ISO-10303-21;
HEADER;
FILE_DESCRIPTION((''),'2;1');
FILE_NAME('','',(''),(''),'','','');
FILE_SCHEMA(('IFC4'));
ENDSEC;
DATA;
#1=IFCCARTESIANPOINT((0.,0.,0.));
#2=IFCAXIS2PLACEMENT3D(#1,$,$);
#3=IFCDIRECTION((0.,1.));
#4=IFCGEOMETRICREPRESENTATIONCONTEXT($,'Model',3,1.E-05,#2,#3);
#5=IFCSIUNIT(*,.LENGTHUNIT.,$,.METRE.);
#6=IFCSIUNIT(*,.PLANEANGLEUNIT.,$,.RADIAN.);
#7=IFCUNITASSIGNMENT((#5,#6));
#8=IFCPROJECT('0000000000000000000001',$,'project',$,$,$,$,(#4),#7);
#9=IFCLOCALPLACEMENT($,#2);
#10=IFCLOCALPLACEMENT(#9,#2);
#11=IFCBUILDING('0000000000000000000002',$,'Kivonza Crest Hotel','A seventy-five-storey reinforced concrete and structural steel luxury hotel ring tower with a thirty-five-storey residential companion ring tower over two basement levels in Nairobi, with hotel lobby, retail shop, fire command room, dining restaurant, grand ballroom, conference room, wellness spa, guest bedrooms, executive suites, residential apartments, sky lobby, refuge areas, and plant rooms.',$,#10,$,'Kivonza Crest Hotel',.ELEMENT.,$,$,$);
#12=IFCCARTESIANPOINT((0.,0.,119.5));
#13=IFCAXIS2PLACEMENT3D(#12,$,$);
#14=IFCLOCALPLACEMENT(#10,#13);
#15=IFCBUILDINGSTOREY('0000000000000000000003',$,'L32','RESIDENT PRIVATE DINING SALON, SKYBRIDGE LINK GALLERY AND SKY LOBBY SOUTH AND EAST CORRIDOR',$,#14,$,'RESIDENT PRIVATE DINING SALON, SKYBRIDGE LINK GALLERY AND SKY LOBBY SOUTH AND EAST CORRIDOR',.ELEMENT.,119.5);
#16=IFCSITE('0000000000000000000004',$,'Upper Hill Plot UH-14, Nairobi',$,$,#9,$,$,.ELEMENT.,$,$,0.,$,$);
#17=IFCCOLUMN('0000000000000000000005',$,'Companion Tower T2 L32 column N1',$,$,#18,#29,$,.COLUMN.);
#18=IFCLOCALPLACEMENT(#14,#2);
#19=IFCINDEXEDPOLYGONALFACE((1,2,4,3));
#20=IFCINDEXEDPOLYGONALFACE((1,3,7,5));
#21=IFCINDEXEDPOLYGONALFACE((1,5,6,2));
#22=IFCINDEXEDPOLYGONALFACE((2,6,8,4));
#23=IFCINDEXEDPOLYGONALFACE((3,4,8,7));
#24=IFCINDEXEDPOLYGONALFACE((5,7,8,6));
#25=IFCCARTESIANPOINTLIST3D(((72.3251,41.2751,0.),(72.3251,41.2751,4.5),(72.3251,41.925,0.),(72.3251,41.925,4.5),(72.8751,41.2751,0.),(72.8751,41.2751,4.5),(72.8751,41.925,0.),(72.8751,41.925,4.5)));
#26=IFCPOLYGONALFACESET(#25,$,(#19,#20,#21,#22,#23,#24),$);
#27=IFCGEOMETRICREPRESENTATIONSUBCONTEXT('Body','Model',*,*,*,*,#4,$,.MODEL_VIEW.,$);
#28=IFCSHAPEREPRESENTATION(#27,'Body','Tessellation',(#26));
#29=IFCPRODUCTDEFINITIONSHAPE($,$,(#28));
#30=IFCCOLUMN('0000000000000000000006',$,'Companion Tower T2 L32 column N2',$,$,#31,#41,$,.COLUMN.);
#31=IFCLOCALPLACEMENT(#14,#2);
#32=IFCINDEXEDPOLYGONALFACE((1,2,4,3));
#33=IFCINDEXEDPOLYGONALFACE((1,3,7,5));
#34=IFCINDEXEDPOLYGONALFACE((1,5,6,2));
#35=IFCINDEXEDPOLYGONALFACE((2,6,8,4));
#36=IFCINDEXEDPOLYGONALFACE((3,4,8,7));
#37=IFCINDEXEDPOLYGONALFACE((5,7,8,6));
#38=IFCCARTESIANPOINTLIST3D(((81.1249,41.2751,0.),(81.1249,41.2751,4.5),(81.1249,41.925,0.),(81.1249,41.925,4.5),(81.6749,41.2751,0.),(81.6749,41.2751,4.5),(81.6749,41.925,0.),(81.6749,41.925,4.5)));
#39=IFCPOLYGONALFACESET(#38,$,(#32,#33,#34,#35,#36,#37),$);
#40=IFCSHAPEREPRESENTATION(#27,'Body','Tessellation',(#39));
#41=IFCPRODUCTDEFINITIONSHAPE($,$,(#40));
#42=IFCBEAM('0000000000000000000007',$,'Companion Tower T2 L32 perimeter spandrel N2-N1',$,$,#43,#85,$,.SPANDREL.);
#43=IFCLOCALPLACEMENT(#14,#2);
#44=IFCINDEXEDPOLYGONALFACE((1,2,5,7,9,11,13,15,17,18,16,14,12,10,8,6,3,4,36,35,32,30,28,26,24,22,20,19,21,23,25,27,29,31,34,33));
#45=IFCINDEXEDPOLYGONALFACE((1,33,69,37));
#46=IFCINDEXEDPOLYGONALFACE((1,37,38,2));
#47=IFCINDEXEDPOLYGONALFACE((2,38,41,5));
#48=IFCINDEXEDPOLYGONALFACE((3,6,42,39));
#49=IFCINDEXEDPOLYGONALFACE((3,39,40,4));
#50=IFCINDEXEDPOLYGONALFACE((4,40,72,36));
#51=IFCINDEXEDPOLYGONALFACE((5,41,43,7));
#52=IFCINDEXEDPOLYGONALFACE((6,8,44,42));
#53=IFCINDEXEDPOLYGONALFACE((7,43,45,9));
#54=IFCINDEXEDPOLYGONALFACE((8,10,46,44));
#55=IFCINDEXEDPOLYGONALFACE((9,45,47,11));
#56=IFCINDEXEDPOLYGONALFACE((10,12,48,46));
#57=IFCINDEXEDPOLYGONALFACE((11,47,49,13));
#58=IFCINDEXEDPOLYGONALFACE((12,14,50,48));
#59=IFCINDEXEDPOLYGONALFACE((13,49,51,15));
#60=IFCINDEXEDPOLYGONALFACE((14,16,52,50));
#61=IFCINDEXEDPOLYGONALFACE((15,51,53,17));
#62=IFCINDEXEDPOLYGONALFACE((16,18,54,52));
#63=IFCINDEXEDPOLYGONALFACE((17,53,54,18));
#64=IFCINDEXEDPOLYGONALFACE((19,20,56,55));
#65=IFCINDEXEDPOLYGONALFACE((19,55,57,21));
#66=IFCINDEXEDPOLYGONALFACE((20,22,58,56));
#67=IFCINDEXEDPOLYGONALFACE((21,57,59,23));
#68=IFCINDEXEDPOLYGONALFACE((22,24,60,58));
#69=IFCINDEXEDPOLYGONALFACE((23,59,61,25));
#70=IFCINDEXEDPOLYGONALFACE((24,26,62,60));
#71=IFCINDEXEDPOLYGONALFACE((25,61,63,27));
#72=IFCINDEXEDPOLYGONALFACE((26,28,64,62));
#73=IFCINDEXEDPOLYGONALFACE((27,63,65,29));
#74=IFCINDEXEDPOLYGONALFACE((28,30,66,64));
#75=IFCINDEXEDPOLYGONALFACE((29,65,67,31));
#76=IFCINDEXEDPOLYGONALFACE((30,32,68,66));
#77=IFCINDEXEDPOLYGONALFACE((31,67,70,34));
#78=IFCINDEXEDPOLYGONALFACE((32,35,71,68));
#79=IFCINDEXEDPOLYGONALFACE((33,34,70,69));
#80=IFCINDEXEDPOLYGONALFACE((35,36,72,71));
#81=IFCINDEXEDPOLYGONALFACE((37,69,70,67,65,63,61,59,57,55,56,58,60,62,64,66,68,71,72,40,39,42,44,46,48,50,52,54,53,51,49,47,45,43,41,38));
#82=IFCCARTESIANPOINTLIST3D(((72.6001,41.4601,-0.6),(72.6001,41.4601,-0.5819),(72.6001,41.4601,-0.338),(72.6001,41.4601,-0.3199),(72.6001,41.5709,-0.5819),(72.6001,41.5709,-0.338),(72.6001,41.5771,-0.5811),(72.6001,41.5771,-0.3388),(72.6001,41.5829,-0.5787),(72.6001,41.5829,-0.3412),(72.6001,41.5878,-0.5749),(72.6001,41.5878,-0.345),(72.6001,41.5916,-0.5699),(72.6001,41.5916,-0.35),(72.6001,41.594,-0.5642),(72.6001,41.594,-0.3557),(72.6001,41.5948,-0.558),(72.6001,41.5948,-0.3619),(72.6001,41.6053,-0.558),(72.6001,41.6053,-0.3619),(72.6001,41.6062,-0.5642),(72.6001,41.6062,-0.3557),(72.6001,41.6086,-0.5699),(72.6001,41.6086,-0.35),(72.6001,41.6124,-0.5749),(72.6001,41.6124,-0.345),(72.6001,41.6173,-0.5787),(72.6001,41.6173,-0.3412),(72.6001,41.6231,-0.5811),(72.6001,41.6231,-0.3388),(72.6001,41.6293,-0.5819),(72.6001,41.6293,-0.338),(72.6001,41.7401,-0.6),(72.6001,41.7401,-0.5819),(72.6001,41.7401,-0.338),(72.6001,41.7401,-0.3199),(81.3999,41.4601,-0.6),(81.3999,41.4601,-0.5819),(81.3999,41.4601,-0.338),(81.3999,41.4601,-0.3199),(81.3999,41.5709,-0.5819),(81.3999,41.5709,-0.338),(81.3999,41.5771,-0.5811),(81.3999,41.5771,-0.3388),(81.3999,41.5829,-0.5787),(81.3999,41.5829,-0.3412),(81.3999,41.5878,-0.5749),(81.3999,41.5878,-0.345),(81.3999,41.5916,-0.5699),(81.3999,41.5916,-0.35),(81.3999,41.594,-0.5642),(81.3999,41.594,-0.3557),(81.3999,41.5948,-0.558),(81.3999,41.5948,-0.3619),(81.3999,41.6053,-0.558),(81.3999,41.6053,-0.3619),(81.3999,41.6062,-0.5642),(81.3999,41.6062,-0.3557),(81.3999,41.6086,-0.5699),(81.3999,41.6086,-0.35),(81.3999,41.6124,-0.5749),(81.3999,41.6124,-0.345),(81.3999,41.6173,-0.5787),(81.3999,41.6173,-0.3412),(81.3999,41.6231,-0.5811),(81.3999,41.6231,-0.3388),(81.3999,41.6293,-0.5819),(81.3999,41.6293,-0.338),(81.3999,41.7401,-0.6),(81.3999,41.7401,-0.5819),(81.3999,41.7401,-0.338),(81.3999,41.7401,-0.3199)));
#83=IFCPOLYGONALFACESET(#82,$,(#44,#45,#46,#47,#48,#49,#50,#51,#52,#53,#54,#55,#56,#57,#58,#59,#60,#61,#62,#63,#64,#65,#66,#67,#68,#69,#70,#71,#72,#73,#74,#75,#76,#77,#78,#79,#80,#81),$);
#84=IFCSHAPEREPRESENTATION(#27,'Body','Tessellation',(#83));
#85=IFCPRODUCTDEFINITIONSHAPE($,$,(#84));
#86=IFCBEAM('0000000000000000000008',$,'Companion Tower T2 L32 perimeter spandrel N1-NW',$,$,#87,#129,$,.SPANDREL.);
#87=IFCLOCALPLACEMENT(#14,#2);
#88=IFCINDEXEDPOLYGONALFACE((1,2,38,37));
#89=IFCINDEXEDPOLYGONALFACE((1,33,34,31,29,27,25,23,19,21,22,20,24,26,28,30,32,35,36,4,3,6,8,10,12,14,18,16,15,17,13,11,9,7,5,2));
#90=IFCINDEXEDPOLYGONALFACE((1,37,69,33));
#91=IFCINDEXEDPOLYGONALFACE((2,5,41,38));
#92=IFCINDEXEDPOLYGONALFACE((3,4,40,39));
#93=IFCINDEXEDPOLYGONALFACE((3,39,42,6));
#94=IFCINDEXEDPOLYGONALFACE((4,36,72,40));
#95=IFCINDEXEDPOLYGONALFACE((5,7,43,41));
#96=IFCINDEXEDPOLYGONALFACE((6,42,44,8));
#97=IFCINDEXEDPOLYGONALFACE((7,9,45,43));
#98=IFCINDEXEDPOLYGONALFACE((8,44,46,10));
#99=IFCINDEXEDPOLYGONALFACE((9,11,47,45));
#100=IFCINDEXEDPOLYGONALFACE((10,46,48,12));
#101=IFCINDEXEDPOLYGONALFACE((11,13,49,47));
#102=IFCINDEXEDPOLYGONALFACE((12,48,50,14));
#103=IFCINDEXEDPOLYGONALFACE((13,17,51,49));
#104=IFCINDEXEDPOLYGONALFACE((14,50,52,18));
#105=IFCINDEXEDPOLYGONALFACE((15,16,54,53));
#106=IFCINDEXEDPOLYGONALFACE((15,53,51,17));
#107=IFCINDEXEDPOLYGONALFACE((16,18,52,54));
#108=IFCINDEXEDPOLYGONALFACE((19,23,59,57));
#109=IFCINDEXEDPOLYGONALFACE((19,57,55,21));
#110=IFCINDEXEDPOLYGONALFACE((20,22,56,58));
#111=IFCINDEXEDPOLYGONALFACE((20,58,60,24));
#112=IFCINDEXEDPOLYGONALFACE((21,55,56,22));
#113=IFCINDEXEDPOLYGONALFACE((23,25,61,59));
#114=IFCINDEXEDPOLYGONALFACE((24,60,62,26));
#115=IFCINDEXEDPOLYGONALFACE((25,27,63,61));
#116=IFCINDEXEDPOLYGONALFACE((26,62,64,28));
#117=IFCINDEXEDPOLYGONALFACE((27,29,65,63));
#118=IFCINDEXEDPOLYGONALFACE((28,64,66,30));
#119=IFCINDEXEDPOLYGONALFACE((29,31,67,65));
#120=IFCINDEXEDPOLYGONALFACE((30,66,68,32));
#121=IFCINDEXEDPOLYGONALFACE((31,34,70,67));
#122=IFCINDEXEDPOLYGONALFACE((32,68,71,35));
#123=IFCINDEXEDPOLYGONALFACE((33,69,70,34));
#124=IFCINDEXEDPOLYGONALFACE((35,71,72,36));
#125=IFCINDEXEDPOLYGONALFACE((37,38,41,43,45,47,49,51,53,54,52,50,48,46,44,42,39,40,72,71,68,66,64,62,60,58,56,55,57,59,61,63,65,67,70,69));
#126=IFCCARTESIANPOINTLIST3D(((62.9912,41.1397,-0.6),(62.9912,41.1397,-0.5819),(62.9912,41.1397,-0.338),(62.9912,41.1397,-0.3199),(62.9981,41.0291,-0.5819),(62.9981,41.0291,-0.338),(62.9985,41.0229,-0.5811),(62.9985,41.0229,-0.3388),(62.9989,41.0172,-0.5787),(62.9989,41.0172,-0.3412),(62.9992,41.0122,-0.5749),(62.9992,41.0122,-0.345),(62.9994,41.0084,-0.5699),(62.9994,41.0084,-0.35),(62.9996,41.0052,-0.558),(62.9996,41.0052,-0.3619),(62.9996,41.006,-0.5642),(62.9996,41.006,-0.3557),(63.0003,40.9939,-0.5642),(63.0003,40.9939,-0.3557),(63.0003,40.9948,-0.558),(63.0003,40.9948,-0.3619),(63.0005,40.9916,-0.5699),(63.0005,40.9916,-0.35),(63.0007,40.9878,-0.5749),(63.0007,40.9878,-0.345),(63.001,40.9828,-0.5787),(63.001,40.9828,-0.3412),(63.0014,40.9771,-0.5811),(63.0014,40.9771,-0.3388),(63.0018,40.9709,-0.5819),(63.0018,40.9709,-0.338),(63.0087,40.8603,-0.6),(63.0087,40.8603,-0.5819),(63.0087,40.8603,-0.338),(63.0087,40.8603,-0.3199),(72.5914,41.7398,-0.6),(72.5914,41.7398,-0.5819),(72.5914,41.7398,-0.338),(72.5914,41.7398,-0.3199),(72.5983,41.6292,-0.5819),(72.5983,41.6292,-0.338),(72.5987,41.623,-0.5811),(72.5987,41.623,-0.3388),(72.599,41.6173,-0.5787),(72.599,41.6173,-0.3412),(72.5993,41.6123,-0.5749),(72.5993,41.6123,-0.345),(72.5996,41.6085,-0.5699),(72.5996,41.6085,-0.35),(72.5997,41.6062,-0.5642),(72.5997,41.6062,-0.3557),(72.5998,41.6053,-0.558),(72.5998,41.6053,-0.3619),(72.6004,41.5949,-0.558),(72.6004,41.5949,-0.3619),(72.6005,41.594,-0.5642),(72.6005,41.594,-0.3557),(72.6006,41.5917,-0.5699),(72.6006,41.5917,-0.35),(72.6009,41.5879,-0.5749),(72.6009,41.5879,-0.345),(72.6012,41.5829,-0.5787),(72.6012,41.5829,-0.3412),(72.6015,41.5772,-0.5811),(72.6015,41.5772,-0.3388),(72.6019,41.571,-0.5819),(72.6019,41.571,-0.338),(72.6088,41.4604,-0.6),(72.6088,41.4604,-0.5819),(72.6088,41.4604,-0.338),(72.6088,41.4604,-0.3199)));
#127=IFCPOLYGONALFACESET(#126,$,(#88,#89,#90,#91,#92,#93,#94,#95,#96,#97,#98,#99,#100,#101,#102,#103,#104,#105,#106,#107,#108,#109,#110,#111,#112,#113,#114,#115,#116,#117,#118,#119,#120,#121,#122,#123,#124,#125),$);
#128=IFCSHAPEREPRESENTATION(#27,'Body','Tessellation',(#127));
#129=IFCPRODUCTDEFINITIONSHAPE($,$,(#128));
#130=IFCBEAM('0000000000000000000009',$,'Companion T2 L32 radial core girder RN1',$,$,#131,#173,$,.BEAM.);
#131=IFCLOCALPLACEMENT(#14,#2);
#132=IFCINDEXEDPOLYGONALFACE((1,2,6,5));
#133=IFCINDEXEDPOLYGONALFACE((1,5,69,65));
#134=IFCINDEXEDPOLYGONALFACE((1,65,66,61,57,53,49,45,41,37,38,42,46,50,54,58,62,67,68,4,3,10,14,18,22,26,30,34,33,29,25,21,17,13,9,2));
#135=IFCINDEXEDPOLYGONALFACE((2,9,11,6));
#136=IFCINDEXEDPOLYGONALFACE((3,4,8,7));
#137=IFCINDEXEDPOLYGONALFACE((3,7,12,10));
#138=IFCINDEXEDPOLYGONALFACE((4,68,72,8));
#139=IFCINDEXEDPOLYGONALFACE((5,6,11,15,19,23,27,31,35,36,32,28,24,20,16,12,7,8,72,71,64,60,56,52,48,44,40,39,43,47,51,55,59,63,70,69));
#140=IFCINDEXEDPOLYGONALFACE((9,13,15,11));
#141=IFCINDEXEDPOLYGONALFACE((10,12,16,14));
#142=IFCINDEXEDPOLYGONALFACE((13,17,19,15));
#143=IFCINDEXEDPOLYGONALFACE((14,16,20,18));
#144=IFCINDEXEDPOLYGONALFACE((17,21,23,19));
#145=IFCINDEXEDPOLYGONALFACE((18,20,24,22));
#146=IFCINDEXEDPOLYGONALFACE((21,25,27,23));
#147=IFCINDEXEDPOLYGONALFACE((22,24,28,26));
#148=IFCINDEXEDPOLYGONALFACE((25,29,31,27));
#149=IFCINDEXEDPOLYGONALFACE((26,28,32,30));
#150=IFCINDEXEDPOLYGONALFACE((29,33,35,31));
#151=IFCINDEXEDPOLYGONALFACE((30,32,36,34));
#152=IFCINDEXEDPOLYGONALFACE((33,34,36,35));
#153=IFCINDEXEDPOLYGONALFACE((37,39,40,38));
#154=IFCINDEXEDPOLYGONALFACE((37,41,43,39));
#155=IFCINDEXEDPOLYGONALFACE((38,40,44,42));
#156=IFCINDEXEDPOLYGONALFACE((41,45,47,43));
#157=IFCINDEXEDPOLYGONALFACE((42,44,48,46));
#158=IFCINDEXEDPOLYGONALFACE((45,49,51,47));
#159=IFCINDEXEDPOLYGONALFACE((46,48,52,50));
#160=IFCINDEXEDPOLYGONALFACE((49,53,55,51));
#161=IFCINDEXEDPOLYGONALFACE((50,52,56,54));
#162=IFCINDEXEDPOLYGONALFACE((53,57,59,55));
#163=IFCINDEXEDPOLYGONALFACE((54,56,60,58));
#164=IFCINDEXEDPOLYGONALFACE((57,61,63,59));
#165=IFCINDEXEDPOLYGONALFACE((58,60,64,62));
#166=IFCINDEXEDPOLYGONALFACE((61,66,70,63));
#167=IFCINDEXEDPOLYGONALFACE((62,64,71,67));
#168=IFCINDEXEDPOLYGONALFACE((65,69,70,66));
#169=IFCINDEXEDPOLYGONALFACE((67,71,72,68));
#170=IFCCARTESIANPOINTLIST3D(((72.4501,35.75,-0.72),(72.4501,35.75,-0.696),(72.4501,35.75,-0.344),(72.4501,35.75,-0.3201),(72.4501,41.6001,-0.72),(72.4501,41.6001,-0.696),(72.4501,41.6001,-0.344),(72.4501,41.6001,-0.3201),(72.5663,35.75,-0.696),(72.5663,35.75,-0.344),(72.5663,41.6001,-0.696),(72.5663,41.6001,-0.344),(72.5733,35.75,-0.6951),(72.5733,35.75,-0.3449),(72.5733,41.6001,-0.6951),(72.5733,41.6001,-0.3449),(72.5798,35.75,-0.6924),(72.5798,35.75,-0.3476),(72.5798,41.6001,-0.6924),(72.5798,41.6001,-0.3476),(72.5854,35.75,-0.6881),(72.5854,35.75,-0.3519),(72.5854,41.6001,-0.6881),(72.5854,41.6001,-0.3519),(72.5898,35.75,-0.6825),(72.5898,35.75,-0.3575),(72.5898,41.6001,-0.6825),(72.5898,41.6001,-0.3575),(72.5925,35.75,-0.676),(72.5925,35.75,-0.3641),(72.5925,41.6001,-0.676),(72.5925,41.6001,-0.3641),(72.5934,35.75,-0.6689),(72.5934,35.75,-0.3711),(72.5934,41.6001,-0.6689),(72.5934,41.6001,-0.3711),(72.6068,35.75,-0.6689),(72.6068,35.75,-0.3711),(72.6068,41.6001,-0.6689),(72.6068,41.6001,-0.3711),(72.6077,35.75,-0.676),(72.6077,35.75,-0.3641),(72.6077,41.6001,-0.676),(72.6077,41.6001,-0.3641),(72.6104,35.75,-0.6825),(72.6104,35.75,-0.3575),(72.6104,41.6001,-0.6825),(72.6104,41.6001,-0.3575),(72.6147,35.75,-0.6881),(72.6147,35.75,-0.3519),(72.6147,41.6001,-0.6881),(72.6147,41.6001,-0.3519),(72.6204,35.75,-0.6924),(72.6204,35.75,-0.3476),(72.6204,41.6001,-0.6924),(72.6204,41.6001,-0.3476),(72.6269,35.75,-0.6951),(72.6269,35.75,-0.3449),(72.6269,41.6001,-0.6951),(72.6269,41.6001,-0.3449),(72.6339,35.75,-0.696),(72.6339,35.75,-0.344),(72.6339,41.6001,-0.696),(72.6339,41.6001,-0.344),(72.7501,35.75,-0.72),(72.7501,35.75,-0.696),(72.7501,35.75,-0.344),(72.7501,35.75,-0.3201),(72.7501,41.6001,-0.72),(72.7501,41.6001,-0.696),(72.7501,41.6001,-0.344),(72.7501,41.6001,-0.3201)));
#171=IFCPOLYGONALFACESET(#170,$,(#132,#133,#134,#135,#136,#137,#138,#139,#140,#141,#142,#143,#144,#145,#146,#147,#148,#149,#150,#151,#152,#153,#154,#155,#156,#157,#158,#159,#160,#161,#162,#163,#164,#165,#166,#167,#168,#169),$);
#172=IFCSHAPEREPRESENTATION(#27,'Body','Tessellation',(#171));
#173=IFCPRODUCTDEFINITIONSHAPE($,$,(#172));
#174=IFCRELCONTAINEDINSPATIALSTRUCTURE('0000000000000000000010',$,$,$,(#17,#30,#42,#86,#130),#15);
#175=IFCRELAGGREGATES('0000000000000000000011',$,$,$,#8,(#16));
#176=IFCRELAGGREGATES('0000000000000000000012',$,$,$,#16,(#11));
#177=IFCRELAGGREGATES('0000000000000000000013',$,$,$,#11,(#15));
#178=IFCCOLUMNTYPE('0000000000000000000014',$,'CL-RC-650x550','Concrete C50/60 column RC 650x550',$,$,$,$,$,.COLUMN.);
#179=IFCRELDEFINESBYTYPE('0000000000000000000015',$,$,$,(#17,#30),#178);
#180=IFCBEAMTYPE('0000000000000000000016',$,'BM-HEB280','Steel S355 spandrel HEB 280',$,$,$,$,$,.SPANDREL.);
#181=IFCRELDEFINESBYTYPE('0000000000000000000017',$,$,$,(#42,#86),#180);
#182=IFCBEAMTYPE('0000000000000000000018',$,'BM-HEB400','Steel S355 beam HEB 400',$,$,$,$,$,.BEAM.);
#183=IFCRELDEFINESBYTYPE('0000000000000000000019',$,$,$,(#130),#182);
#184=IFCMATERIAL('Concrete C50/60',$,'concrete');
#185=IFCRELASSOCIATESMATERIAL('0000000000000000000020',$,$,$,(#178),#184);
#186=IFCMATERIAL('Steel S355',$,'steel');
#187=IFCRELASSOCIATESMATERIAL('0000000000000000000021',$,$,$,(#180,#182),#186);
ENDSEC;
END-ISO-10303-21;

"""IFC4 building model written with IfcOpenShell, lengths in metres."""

from ifc_helpers import new_model, si_unit, direction, frame, origin, origin_2d, place, context, subcontext, project, spatial, rectangle, i_section, extrude, material, material_profile, profile_set, type_object, element, save


model = new_model("IFC4")

# Units and contexts
model_context = context("Model", 3, precision=1e-05, world=origin(), true_north=direction((0.0, 1.0)))
body_context = subcontext(model_context, "Body", "Model", "MODEL_VIEW")
ifc_project = project(units=[si_unit("LENGTHUNIT", "METRE"), si_unit("PLANEANGLEUNIT", "RADIAN")], contexts=[model_context])

# Site, building, storey
site_placement = place(None, origin())
site = spatial("IfcSite", under=ifc_project, at=site_placement, Name="Upper Hill Plot UH-14, Nairobi", CompositionType="ELEMENT", RefElevation=0.0)
building_placement = place(site_placement, origin())
building = spatial("IfcBuilding", under=site, at=building_placement, Name="Kivonza Crest Hotel", Description="A seventy-five-storey reinforced concrete and structural steel luxury hotel ring tower with a thirty-five-storey residential companion ring tower over two basement levels in Nairobi, with hotel lobby, retail shop, fire command room, dining restaurant, grand ballroom, conference room, wellness spa, guest bedrooms, executive suites, residential apartments, sky lobby, refuge areas, and plant rooms.", LongName="Kivonza Crest Hotel", CompositionType="ELEMENT")
storey_placement = place(building_placement, frame((0.0, 0.0, 119.5)))
storey = spatial("IfcBuildingStorey", under=building, at=storey_placement, Name="L32", Description="RESIDENT PRIVATE DINING SALON, SKYBRIDGE LINK GALLERY AND SKY LOBBY SOUTH AND EAST CORRIDOR", LongName="RESIDENT PRIVATE DINING SALON, SKYBRIDGE LINK GALLERY AND SKY LOBBY SOUTH AND EAST CORRIDOR", CompositionType="ELEMENT", Elevation=119.5)

# Columns
ifc_material_1 = material(Name="Concrete C50/60", Category="concrete")
ifc_material_profile_1 = material_profile(ifc_material_1, rectangle(XDim=0.55, YDim=0.6499, at=origin_2d()), Name="RC 650x550")
ifc_profile_set_1 = profile_set([ifc_material_profile_1], Name="Concrete C50/60")
column_type = type_object("IfcColumnType", Name="CL-RC-650x550", Description="Concrete C50/60 column RC 650x550", PredefinedType="COLUMN", material=ifc_profile_set_1)
for number, where, z_axis, x_axis, name in (
    (1, (72.6001, 41.6001, 0.0), (0.0, 0.0, 1.0), (1.0, 0.0, 0.0), "Companion Tower T2 L32 column N1"),
    (2, (81.3999, 41.6001, 0.0), (0.0, 0.0, 1.0), (1.0, 0.0, 0.0), "Companion Tower T2 L32 column N2"),
):
    element("IfcColumn", number, at=place(storey_placement, frame(where, z_axis=z_axis, x_axis=x_axis)), inside=storey, type_object=column_type, Name=name, PredefinedType="COLUMN", context=body_context, shape_type="SweptSolid", body=[
        extrude(rectangle(XDim=0.55, YDim=0.6499, at=origin_2d()), origin(), (0.0, 0.0, 1.0), 4.5),
    ])

# Beams
ifc_material_2 = material(Name="Steel S355", Category="steel")
ifc_material_profile_2 = material_profile(ifc_material_2, i_section(OverallWidth=0.28, OverallDepth=0.28, WebThickness=0.0105, FlangeThickness=0.0181, FilletRadius=0.0239, at=origin_2d()), Name="HEB 280")
ifc_profile_set_2 = profile_set([ifc_material_profile_2], Name="Steel S355")
beam_type_1 = type_object("IfcBeamType", Name="BM-HEB280", Description="Steel S355 spandrel HEB 280", PredefinedType="SPANDREL", material=ifc_profile_set_2)
beam_1_placement = place(storey_placement, frame((81.3999, 41.6001, -0.46), z_axis=(-1.0, 0.0, 0.0), x_axis=(0.0, -1.0, 0.0)))
element("IfcBeam", 3, at=beam_1_placement, inside=storey, type_object=beam_type_1, Name="Companion Tower T2 L32 perimeter spandrel N2-N1", PredefinedType="SPANDREL", context=body_context, shape_type="SweptSolid", body=[
    extrude(i_section(OverallWidth=0.28, OverallDepth=0.28, WebThickness=0.0105, FlangeThickness=0.0181, FilletRadius=0.0239, at=origin_2d()), origin(), (0.0, 0.0, 1.0), 8.7998),
])
beam_2_placement = place(storey_placement, frame((72.6001, 41.6001, -0.46), z_axis=(-0.998052, -0.062388, 0.0), x_axis=(0.062388, -0.998052, 0.0)))
element("IfcBeam", 4, at=beam_2_placement, inside=storey, type_object=beam_type_1, Name="Companion Tower T2 L32 perimeter spandrel N1-NW", PredefinedType="SPANDREL", context=body_context, shape_type="SweptSolid", body=[
    extrude(i_section(OverallWidth=0.28, OverallDepth=0.28, WebThickness=0.0105, FlangeThickness=0.0181, FilletRadius=0.0239, at=origin_2d()), origin(), (0.0, 0.0, 1.0), 9.6189),
])
ifc_material_profile_3 = material_profile(ifc_material_2, i_section(OverallWidth=0.3, OverallDepth=0.3999, WebThickness=0.0134, FlangeThickness=0.0239, FilletRadius=0.0271, at=origin_2d()), Name="HEB 400")
ifc_profile_set_3 = profile_set([ifc_material_profile_3], Name="Steel S355")
beam_type_2 = type_object("IfcBeamType", Name="BM-HEB400", Description="Steel S355 beam HEB 400", PredefinedType="BEAM", material=ifc_profile_set_3)
for number, where, z_axis, x_axis, name in (
    (5, (72.6001, 41.6001, -0.52), (0.0, -1.0, 0.0), (1.0, 0.0, 0.0), "Companion T2 L32 radial core girder RN1"),
):
    element("IfcBeam", number, at=place(storey_placement, frame(where, z_axis=z_axis, x_axis=x_axis)), inside=storey, type_object=beam_type_2, Name=name, PredefinedType="BEAM", context=body_context, shape_type="SweptSolid", body=[
        extrude(i_section(OverallWidth=0.3, OverallDepth=0.3999, WebThickness=0.0134, FlangeThickness=0.0239, FilletRadius=0.0271, at=origin_2d()), origin(), (0.0, 0.0, 1.0), 5.8501),
    ])

save(model, "model.ifc")
